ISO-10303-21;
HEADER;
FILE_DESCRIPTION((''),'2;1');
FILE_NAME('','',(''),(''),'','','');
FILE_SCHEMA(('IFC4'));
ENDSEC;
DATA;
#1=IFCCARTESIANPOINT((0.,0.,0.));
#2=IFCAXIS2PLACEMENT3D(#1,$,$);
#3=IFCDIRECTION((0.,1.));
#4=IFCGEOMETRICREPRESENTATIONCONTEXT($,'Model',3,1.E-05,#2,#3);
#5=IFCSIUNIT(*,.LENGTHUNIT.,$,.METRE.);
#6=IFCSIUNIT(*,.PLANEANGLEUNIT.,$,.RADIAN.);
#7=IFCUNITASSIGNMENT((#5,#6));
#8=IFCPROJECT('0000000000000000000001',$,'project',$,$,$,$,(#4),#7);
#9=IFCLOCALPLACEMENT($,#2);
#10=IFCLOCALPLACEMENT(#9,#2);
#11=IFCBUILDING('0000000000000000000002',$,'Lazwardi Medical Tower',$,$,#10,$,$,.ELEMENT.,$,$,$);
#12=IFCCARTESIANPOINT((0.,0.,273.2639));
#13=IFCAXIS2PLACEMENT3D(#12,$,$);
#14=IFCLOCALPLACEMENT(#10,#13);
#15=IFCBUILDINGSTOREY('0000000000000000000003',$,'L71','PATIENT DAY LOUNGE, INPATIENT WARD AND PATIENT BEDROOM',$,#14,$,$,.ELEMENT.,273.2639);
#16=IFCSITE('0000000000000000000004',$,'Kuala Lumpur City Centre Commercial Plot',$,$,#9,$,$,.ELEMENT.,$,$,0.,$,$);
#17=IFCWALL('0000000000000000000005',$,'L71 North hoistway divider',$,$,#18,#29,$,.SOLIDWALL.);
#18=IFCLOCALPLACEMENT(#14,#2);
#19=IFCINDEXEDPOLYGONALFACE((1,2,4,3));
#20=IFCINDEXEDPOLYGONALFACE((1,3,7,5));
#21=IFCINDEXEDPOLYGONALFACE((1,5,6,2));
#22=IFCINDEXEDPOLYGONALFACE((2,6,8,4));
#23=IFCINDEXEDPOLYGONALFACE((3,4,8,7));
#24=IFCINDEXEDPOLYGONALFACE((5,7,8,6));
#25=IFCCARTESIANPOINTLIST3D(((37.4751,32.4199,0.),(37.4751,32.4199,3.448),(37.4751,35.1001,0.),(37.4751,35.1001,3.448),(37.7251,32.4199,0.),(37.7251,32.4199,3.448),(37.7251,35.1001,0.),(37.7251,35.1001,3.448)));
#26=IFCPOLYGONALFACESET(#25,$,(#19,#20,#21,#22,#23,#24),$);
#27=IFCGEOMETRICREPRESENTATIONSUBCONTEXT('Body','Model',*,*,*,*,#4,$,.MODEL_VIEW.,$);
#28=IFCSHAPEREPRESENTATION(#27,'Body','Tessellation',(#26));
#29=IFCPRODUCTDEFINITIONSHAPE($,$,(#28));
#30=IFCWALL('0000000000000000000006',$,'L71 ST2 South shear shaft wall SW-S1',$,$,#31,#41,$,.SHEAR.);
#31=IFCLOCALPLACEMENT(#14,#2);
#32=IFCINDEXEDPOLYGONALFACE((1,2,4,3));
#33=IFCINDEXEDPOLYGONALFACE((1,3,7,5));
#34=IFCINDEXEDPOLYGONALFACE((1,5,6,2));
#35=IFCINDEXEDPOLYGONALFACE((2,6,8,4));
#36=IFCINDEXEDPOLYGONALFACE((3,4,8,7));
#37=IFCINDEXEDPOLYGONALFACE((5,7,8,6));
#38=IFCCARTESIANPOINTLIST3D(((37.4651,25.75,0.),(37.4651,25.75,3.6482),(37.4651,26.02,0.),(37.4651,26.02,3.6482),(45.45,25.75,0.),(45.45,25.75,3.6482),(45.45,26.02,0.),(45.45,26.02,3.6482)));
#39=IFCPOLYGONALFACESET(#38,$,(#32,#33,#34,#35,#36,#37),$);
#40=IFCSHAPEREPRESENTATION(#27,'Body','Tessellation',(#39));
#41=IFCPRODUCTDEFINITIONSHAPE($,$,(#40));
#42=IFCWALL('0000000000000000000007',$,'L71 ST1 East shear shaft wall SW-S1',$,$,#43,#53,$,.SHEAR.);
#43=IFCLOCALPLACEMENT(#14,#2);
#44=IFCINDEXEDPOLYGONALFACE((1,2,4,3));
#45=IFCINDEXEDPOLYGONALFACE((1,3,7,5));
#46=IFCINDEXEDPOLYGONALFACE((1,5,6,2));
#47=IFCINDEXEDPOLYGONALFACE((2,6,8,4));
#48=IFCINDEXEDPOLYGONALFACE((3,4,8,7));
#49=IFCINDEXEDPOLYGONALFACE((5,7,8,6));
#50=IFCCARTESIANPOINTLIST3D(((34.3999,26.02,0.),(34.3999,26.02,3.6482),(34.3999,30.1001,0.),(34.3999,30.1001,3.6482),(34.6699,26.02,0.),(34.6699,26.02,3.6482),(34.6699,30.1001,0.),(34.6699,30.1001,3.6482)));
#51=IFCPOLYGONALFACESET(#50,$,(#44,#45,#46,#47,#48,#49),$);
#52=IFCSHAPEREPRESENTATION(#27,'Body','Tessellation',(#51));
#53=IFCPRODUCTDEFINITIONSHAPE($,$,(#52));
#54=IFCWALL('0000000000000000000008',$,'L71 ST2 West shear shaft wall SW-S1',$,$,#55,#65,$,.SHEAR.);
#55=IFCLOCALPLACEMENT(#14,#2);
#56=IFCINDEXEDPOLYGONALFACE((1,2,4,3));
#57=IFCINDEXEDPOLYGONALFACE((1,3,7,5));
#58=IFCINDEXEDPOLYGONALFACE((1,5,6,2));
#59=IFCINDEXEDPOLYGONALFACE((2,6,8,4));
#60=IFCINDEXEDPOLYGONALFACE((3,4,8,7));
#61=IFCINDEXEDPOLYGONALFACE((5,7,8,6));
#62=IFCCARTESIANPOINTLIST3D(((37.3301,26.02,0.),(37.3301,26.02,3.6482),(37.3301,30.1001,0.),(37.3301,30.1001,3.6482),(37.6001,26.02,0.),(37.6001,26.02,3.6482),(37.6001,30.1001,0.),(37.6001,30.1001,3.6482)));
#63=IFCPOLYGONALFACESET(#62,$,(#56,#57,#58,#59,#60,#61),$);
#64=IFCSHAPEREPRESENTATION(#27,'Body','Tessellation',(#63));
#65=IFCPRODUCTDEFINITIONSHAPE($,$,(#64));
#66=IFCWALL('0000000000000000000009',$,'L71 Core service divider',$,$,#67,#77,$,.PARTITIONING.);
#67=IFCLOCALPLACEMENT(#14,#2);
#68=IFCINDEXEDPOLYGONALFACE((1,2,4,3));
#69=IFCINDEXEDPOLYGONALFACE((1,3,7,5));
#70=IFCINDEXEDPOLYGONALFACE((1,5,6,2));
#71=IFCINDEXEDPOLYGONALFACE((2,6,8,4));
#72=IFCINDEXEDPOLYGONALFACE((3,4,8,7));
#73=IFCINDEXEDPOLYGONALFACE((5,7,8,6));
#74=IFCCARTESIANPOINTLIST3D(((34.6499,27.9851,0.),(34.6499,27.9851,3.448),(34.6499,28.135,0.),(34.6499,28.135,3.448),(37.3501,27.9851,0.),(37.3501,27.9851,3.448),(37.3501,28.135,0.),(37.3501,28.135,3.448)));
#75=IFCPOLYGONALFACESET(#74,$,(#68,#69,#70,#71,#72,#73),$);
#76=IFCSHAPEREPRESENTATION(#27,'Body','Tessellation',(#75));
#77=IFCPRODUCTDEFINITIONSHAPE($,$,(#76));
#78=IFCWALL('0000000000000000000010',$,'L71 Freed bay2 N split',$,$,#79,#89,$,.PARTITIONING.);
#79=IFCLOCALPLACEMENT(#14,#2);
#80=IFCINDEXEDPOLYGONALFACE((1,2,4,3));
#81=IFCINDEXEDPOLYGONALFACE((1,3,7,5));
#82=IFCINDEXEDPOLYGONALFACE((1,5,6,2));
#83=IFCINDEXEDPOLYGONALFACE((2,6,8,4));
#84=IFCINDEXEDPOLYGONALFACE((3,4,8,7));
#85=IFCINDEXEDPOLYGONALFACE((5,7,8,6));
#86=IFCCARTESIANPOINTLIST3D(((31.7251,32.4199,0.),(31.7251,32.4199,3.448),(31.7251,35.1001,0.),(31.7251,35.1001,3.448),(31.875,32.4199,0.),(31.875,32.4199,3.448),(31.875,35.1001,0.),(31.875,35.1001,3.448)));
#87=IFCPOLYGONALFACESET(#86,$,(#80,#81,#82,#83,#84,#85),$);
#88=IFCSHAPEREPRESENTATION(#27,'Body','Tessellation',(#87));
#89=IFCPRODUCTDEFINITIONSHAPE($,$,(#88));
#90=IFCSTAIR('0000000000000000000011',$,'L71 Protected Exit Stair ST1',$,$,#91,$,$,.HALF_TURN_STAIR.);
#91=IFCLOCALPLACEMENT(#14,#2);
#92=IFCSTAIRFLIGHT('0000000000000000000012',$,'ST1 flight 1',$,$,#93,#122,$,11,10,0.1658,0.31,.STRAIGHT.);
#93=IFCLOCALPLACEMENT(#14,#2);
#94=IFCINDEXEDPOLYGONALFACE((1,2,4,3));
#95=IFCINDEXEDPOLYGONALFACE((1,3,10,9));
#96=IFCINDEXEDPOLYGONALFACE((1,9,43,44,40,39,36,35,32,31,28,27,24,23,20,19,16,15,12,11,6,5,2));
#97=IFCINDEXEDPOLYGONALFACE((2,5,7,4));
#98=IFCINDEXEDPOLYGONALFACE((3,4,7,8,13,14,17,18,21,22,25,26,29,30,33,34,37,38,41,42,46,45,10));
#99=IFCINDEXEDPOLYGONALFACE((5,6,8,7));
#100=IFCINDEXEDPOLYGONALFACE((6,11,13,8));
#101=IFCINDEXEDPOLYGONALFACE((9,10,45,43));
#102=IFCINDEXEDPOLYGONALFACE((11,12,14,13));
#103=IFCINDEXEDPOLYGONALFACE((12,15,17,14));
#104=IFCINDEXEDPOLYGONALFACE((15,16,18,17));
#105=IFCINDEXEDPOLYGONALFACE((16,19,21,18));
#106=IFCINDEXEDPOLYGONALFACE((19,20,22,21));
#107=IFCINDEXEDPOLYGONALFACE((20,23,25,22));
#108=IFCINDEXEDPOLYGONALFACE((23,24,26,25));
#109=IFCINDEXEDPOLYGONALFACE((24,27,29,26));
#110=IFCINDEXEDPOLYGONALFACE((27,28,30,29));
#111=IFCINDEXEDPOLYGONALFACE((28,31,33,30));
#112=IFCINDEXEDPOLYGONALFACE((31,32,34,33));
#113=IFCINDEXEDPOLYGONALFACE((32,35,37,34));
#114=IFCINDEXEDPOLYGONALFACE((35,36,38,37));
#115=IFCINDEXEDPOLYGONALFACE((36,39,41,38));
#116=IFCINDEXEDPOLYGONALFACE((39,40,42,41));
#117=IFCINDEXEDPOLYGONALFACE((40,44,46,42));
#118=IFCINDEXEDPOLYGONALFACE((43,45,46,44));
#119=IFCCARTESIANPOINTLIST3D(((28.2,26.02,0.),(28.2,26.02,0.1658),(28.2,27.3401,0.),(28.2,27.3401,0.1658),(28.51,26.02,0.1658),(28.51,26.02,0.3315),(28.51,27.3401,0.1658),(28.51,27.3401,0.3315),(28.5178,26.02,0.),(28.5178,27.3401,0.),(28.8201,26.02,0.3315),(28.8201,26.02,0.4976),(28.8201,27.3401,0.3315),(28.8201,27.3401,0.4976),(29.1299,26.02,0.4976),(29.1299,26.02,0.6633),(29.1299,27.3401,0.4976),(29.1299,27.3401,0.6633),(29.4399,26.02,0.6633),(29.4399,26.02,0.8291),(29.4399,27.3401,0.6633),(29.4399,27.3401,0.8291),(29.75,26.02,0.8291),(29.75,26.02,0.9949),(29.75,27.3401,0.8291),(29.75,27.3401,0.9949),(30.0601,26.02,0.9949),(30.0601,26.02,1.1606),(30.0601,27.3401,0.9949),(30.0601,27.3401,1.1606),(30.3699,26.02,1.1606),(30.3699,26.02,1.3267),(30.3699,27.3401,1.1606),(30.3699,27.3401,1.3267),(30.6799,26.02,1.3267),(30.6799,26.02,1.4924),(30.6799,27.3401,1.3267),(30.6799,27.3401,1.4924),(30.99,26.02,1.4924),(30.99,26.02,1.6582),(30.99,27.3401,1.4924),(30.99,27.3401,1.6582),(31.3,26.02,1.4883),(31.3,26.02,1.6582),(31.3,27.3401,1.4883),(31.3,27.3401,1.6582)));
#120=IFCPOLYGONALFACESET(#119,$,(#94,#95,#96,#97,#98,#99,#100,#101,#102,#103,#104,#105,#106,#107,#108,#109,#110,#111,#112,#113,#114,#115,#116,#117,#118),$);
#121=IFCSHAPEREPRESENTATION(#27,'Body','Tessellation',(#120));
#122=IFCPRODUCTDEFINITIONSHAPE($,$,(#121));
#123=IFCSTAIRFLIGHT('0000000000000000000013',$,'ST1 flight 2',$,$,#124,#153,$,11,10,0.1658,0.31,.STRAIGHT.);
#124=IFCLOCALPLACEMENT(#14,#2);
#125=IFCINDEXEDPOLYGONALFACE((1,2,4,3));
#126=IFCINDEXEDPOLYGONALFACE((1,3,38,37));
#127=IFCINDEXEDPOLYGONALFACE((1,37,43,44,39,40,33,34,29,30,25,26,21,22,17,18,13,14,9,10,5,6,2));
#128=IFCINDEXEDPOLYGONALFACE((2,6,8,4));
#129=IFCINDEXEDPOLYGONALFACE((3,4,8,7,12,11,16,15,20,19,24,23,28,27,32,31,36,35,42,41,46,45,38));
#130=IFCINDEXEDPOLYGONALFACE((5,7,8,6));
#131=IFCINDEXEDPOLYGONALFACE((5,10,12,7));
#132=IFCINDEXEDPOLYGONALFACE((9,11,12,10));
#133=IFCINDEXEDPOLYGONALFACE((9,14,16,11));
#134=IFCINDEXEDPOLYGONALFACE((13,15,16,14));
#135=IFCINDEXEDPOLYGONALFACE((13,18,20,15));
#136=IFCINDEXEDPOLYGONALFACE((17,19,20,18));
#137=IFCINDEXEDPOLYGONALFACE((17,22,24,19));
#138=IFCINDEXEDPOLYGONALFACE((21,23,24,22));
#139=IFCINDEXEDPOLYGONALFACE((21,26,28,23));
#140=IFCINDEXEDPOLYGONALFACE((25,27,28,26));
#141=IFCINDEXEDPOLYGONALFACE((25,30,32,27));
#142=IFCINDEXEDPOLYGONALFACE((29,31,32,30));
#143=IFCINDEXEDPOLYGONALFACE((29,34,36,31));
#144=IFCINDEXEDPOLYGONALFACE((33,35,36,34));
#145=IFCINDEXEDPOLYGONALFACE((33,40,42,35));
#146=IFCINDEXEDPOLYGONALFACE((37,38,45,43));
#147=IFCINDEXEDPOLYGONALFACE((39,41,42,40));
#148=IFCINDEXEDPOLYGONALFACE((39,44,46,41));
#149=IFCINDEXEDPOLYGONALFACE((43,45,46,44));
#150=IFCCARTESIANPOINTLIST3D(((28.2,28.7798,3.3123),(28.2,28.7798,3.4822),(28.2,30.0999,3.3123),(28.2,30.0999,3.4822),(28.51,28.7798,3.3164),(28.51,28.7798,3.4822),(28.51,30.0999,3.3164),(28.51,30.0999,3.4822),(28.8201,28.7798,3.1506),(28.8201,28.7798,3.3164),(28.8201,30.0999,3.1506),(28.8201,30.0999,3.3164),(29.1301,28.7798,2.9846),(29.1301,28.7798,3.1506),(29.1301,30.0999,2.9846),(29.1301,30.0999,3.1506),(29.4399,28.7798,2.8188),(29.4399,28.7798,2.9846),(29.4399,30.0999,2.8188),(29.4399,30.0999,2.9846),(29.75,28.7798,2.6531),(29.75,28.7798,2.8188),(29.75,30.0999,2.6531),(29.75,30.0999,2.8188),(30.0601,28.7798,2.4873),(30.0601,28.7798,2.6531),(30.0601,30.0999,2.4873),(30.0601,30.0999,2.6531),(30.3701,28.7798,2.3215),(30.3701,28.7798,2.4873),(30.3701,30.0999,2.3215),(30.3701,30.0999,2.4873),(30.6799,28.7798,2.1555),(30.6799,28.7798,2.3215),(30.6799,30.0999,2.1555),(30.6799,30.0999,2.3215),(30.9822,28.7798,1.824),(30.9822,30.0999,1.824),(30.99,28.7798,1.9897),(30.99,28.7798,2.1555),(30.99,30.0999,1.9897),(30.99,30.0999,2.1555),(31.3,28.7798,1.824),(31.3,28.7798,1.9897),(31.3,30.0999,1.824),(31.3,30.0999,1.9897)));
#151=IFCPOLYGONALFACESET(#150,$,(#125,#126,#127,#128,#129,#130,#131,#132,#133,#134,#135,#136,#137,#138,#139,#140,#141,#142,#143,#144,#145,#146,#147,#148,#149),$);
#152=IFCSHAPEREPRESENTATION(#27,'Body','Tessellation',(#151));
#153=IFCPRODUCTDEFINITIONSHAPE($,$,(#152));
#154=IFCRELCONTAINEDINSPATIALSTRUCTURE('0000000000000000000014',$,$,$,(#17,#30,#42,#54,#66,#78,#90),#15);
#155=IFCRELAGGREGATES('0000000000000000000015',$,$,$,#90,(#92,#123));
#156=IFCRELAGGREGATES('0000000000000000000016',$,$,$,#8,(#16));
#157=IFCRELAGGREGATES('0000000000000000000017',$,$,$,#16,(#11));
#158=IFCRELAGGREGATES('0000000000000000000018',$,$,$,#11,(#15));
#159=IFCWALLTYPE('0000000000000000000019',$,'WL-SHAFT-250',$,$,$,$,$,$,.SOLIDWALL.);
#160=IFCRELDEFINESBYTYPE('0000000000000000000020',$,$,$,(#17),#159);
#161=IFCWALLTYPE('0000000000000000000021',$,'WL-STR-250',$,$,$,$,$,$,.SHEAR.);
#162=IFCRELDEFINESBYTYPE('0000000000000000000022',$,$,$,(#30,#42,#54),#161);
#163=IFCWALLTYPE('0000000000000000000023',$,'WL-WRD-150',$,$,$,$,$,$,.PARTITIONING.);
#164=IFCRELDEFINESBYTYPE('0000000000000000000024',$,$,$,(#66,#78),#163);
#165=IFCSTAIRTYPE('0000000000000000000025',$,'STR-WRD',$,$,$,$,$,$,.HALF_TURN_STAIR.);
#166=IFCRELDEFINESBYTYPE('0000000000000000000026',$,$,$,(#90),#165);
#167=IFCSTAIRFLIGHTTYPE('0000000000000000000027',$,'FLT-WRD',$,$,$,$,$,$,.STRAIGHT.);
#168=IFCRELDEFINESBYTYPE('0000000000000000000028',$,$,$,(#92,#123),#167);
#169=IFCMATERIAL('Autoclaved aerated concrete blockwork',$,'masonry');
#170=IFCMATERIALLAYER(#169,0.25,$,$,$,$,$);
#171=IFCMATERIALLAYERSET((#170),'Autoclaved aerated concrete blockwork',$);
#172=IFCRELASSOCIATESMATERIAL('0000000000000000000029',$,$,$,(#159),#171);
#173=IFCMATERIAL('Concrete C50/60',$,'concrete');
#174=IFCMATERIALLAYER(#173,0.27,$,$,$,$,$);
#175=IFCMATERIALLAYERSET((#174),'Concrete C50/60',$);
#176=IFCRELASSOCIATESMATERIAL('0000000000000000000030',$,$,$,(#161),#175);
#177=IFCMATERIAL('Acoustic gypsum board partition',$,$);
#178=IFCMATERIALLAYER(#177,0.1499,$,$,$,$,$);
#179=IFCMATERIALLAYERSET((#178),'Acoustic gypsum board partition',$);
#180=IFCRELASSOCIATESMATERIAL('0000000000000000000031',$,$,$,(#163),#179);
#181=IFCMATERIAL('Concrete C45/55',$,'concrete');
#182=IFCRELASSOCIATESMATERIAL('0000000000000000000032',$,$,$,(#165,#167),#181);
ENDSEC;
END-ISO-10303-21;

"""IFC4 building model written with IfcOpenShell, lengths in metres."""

from ifc_helpers import new_model, si_unit, direction, frame, frame_2d, origin, place, context, subcontext, project, spatial, polyline, rectangle, outline, extrude, material, layer, layer_set, type_object, element, aggregate, save


model = new_model("IFC4")

# Units and contexts
model_context = context("Model", 3, precision=1e-05, world=origin(), true_north=direction((0.0, 1.0)))
body_context = subcontext(model_context, "Body", "Model", "MODEL_VIEW")
ifc_project = project(units=[si_unit("LENGTHUNIT", "METRE"), si_unit("PLANEANGLEUNIT", "RADIAN")], contexts=[model_context])

# Site, building, storey
site_placement = place(None, origin())
site = spatial("IfcSite", under=ifc_project, at=site_placement, Name="Kuala Lumpur City Centre Commercial Plot", CompositionType="ELEMENT", RefElevation=0.0)
building_placement = place(site_placement, origin())
building = spatial("IfcBuilding", under=site, at=building_placement, Name="Lazwardi Medical Tower", CompositionType="ELEMENT")
storey_placement = place(building_placement, frame((0.0, 0.0, 273.2639)))
storey = spatial("IfcBuildingStorey", under=building, at=storey_placement, Name="L71", Description="PATIENT DAY LOUNGE, INPATIENT WARD AND PATIENT BEDROOM", CompositionType="ELEMENT", Elevation=273.2639)

# Wall
ifc_material_1 = material(Name="Autoclaved aerated concrete blockwork", Category="masonry")
ifc_layer_1 = layer(ifc_material_1, 0.25)
ifc_layer_set_1 = layer_set([ifc_layer_1], Name="Autoclaved aerated concrete blockwork")
wall_type_1 = type_object("IfcWallType", Name="WL-SHAFT-250", PredefinedType="SOLIDWALL", material=ifc_layer_set_1)
wall_1_placement = place(storey_placement, frame((37.6001, 32.4199, 0.0), z_axis=(0.0, 0.0, 1.0), x_axis=(0.0, 1.0, 0.0)))
element("IfcWall", 1, at=wall_1_placement, inside=storey, type_object=wall_type_1, Name="L71 North hoistway divider", PredefinedType="SOLIDWALL", context=body_context, shape_type="SweptSolid", body=[
    extrude(rectangle(XDim=2.6802, YDim=0.25, at=frame_2d((1.3401, 0.0))), origin(), (0.0, 0.0, 1.0), 3.448),
])

# Shared definitions
ifc_material_2 = material(Name="Concrete C50/60", Category="concrete")
ifc_layer_2 = layer(ifc_material_2, 0.27)
ifc_layer_set_2 = layer_set([ifc_layer_2], Name="Concrete C50/60")
wall_type_2 = type_object("IfcWallType", Name="WL-STR-250", PredefinedType="SHEAR", material=ifc_layer_set_2)

# Walls
wall_2_placement = place(storey_placement, frame((37.4651, 25.885, 0.0), z_axis=(0.0, 0.0, 1.0), x_axis=(1.0, 0.0, 0.0)))
element("IfcWall", 2, at=wall_2_placement, inside=storey, type_object=wall_type_2, Name="L71 ST2 South shear shaft wall SW-S1", PredefinedType="SHEAR", context=body_context, shape_type="SweptSolid", body=[
    extrude(rectangle(XDim=7.9849, YDim=0.27, at=frame_2d((3.9924, 0.0))), origin(), (0.0, 0.0, 1.0), 3.6482),
])
for number, where, z_axis, x_axis, name in (
    (3, (34.5349, 26.02, 0.0), (0.0, 0.0, 1.0), (0.0, 1.0, 0.0), "L71 ST1 East shear shaft wall SW-S1"),
    (4, (37.4651, 26.02, 0.0), (0.0, 0.0, 1.0), (0.0, 1.0, 0.0), "L71 ST2 West shear shaft wall SW-S1"),
):
    element("IfcWall", number, at=place(storey_placement, frame(where, z_axis=z_axis, x_axis=x_axis)), inside=storey, type_object=wall_type_2, Name=name, PredefinedType="SHEAR", context=body_context, shape_type="SweptSolid", body=[
        extrude(rectangle(XDim=4.0801, YDim=0.27, at=frame_2d((2.04, 0.0))), origin(), (0.0, 0.0, 1.0), 3.6482),
    ])
ifc_material_3 = material(Name="Acoustic gypsum board partition")
ifc_layer_3 = layer(ifc_material_3, 0.1499)
ifc_layer_set_3 = layer_set([ifc_layer_3], Name="Acoustic gypsum board partition")
wall_type_3 = type_object("IfcWallType", Name="WL-WRD-150", PredefinedType="PARTITIONING", material=ifc_layer_set_3)
wall_3_placement = place(storey_placement, frame((34.6499, 28.0601, 0.0), z_axis=(0.0, 0.0, 1.0), x_axis=(1.0, 0.0, 0.0)))
element("IfcWall", 5, at=wall_3_placement, inside=storey, type_object=wall_type_3, Name="L71 Core service divider", PredefinedType="PARTITIONING", context=body_context, shape_type="SweptSolid", body=[
    extrude(rectangle(XDim=2.7002, YDim=0.1499, at=frame_2d((1.3501, 0.0))), origin(), (0.0, 0.0, 1.0), 3.448),
])
wall_4_placement = place(storey_placement, frame((31.8, 32.4199, 0.0), z_axis=(0.0, 0.0, 1.0), x_axis=(0.0, 1.0, 0.0)))
element("IfcWall", 6, at=wall_4_placement, inside=storey, type_object=wall_type_3, Name="L71 Freed bay2 N split", PredefinedType="PARTITIONING", context=body_context, shape_type="SweptSolid", body=[
    extrude(rectangle(XDim=2.6802, YDim=0.1499, at=frame_2d((1.3401, 0.0))), origin(), (0.0, 0.0, 1.0), 3.448),
])

# Stair, stair flights
ifc_material_4 = material(Name="Concrete C45/55", Category="concrete")
stair_type = type_object("IfcStairType", Name="STR-WRD", PredefinedType="HALF_TURN_STAIR", material=ifc_material_4)
stair_placement = place(storey_placement, origin())
stair = element("IfcStair", 7, at=stair_placement, inside=storey, type_object=stair_type, Name="L71 Protected Exit Stair ST1", PredefinedType="HALF_TURN_STAIR")
stair_flight_type = type_object("IfcStairFlightType", Name="FLT-WRD", PredefinedType="STRAIGHT", material=ifc_material_4)
stair_flight_1_placement = place(storey_placement, frame((28.2, 26.6799, 0.0), z_axis=(0.0, 0.0, 1.0), x_axis=(1.0, 0.0, 0.0)))
stair_flight_1 = element("IfcStairFlight", 8, at=stair_flight_1_placement, type_object=stair_flight_type, Name="ST1 flight 1", NumberOfRisers=11, NumberOfTreads=10, PredefinedType="STRAIGHT", RiserHeight=0.1658, TreadLength=0.31, context=body_context, shape_type="SweptSolid", body=[
    extrude(outline(polyline([(0.0, 0.0), (0.0, 0.1658), (0.3101, 0.1658), (0.3101, 0.3315), (0.6201, 0.3315), (0.6201, 0.4976), (0.9299, 0.4976), (0.9299, 0.6633), (1.24, 0.6633), (1.24, 0.8291), (1.55, 0.8291), (1.55, 0.9949), (1.8601, 0.9949), (1.8601, 1.1606), (2.1699, 1.1606), (2.1699, 1.3267), (2.48, 1.3267), (2.48, 1.4924), (2.79, 1.4924), (2.79, 1.6582), (3.1001, 1.6582), (3.1001, 1.824), (3.1001, 1.4883), (0.3179, 0.0), (0.0, 0.0)])), frame((0.0, 0.6602, 0.0), z_axis=(0.0, -1.0, 0.0), x_axis=(1.0, 0.0, 0.0)), (0.0, 0.0, 1.0), 1.3201),
])
stair_flight_2_placement = place(storey_placement, frame((31.3, 29.4399, 1.824), z_axis=(0.0, 0.0, 1.0), x_axis=(-1.0, 0.0, 0.0)))
stair_flight_2 = element("IfcStairFlight", 9, at=stair_flight_2_placement, type_object=stair_flight_type, Name="ST1 flight 2", NumberOfRisers=11, NumberOfTreads=10, PredefinedType="STRAIGHT", RiserHeight=0.1658, TreadLength=0.31, context=body_context, shape_type="SweptSolid", body=[
    extrude(outline(polyline([(0.0, 0.0), (0.0, 0.1658), (0.3101, 0.1658), (0.3101, 0.3315), (0.6201, 0.3315), (0.6201, 0.4976), (0.9299, 0.4976), (0.9299, 0.6633), (1.24, 0.6633), (1.24, 0.8291), (1.55, 0.8291), (1.55, 0.9949), (1.8601, 0.9949), (1.8601, 1.1606), (2.1699, 1.1606), (2.1699, 1.3267), (2.48, 1.3267), (2.48, 1.4924), (2.79, 1.4924), (2.79, 1.6582), (3.1001, 1.6582), (3.1001, 1.824), (3.1001, 1.4883), (0.3179, 0.0), (0.0, 0.0)])), frame((0.0, 0.6602, 0.0), z_axis=(0.0, -1.0, 0.0), x_axis=(1.0, 0.0, 0.0)), (0.0, 0.0, 1.0), 1.3201),
])
aggregate(stair, [stair_flight_1, stair_flight_2])

save(model, "model.ifc")
